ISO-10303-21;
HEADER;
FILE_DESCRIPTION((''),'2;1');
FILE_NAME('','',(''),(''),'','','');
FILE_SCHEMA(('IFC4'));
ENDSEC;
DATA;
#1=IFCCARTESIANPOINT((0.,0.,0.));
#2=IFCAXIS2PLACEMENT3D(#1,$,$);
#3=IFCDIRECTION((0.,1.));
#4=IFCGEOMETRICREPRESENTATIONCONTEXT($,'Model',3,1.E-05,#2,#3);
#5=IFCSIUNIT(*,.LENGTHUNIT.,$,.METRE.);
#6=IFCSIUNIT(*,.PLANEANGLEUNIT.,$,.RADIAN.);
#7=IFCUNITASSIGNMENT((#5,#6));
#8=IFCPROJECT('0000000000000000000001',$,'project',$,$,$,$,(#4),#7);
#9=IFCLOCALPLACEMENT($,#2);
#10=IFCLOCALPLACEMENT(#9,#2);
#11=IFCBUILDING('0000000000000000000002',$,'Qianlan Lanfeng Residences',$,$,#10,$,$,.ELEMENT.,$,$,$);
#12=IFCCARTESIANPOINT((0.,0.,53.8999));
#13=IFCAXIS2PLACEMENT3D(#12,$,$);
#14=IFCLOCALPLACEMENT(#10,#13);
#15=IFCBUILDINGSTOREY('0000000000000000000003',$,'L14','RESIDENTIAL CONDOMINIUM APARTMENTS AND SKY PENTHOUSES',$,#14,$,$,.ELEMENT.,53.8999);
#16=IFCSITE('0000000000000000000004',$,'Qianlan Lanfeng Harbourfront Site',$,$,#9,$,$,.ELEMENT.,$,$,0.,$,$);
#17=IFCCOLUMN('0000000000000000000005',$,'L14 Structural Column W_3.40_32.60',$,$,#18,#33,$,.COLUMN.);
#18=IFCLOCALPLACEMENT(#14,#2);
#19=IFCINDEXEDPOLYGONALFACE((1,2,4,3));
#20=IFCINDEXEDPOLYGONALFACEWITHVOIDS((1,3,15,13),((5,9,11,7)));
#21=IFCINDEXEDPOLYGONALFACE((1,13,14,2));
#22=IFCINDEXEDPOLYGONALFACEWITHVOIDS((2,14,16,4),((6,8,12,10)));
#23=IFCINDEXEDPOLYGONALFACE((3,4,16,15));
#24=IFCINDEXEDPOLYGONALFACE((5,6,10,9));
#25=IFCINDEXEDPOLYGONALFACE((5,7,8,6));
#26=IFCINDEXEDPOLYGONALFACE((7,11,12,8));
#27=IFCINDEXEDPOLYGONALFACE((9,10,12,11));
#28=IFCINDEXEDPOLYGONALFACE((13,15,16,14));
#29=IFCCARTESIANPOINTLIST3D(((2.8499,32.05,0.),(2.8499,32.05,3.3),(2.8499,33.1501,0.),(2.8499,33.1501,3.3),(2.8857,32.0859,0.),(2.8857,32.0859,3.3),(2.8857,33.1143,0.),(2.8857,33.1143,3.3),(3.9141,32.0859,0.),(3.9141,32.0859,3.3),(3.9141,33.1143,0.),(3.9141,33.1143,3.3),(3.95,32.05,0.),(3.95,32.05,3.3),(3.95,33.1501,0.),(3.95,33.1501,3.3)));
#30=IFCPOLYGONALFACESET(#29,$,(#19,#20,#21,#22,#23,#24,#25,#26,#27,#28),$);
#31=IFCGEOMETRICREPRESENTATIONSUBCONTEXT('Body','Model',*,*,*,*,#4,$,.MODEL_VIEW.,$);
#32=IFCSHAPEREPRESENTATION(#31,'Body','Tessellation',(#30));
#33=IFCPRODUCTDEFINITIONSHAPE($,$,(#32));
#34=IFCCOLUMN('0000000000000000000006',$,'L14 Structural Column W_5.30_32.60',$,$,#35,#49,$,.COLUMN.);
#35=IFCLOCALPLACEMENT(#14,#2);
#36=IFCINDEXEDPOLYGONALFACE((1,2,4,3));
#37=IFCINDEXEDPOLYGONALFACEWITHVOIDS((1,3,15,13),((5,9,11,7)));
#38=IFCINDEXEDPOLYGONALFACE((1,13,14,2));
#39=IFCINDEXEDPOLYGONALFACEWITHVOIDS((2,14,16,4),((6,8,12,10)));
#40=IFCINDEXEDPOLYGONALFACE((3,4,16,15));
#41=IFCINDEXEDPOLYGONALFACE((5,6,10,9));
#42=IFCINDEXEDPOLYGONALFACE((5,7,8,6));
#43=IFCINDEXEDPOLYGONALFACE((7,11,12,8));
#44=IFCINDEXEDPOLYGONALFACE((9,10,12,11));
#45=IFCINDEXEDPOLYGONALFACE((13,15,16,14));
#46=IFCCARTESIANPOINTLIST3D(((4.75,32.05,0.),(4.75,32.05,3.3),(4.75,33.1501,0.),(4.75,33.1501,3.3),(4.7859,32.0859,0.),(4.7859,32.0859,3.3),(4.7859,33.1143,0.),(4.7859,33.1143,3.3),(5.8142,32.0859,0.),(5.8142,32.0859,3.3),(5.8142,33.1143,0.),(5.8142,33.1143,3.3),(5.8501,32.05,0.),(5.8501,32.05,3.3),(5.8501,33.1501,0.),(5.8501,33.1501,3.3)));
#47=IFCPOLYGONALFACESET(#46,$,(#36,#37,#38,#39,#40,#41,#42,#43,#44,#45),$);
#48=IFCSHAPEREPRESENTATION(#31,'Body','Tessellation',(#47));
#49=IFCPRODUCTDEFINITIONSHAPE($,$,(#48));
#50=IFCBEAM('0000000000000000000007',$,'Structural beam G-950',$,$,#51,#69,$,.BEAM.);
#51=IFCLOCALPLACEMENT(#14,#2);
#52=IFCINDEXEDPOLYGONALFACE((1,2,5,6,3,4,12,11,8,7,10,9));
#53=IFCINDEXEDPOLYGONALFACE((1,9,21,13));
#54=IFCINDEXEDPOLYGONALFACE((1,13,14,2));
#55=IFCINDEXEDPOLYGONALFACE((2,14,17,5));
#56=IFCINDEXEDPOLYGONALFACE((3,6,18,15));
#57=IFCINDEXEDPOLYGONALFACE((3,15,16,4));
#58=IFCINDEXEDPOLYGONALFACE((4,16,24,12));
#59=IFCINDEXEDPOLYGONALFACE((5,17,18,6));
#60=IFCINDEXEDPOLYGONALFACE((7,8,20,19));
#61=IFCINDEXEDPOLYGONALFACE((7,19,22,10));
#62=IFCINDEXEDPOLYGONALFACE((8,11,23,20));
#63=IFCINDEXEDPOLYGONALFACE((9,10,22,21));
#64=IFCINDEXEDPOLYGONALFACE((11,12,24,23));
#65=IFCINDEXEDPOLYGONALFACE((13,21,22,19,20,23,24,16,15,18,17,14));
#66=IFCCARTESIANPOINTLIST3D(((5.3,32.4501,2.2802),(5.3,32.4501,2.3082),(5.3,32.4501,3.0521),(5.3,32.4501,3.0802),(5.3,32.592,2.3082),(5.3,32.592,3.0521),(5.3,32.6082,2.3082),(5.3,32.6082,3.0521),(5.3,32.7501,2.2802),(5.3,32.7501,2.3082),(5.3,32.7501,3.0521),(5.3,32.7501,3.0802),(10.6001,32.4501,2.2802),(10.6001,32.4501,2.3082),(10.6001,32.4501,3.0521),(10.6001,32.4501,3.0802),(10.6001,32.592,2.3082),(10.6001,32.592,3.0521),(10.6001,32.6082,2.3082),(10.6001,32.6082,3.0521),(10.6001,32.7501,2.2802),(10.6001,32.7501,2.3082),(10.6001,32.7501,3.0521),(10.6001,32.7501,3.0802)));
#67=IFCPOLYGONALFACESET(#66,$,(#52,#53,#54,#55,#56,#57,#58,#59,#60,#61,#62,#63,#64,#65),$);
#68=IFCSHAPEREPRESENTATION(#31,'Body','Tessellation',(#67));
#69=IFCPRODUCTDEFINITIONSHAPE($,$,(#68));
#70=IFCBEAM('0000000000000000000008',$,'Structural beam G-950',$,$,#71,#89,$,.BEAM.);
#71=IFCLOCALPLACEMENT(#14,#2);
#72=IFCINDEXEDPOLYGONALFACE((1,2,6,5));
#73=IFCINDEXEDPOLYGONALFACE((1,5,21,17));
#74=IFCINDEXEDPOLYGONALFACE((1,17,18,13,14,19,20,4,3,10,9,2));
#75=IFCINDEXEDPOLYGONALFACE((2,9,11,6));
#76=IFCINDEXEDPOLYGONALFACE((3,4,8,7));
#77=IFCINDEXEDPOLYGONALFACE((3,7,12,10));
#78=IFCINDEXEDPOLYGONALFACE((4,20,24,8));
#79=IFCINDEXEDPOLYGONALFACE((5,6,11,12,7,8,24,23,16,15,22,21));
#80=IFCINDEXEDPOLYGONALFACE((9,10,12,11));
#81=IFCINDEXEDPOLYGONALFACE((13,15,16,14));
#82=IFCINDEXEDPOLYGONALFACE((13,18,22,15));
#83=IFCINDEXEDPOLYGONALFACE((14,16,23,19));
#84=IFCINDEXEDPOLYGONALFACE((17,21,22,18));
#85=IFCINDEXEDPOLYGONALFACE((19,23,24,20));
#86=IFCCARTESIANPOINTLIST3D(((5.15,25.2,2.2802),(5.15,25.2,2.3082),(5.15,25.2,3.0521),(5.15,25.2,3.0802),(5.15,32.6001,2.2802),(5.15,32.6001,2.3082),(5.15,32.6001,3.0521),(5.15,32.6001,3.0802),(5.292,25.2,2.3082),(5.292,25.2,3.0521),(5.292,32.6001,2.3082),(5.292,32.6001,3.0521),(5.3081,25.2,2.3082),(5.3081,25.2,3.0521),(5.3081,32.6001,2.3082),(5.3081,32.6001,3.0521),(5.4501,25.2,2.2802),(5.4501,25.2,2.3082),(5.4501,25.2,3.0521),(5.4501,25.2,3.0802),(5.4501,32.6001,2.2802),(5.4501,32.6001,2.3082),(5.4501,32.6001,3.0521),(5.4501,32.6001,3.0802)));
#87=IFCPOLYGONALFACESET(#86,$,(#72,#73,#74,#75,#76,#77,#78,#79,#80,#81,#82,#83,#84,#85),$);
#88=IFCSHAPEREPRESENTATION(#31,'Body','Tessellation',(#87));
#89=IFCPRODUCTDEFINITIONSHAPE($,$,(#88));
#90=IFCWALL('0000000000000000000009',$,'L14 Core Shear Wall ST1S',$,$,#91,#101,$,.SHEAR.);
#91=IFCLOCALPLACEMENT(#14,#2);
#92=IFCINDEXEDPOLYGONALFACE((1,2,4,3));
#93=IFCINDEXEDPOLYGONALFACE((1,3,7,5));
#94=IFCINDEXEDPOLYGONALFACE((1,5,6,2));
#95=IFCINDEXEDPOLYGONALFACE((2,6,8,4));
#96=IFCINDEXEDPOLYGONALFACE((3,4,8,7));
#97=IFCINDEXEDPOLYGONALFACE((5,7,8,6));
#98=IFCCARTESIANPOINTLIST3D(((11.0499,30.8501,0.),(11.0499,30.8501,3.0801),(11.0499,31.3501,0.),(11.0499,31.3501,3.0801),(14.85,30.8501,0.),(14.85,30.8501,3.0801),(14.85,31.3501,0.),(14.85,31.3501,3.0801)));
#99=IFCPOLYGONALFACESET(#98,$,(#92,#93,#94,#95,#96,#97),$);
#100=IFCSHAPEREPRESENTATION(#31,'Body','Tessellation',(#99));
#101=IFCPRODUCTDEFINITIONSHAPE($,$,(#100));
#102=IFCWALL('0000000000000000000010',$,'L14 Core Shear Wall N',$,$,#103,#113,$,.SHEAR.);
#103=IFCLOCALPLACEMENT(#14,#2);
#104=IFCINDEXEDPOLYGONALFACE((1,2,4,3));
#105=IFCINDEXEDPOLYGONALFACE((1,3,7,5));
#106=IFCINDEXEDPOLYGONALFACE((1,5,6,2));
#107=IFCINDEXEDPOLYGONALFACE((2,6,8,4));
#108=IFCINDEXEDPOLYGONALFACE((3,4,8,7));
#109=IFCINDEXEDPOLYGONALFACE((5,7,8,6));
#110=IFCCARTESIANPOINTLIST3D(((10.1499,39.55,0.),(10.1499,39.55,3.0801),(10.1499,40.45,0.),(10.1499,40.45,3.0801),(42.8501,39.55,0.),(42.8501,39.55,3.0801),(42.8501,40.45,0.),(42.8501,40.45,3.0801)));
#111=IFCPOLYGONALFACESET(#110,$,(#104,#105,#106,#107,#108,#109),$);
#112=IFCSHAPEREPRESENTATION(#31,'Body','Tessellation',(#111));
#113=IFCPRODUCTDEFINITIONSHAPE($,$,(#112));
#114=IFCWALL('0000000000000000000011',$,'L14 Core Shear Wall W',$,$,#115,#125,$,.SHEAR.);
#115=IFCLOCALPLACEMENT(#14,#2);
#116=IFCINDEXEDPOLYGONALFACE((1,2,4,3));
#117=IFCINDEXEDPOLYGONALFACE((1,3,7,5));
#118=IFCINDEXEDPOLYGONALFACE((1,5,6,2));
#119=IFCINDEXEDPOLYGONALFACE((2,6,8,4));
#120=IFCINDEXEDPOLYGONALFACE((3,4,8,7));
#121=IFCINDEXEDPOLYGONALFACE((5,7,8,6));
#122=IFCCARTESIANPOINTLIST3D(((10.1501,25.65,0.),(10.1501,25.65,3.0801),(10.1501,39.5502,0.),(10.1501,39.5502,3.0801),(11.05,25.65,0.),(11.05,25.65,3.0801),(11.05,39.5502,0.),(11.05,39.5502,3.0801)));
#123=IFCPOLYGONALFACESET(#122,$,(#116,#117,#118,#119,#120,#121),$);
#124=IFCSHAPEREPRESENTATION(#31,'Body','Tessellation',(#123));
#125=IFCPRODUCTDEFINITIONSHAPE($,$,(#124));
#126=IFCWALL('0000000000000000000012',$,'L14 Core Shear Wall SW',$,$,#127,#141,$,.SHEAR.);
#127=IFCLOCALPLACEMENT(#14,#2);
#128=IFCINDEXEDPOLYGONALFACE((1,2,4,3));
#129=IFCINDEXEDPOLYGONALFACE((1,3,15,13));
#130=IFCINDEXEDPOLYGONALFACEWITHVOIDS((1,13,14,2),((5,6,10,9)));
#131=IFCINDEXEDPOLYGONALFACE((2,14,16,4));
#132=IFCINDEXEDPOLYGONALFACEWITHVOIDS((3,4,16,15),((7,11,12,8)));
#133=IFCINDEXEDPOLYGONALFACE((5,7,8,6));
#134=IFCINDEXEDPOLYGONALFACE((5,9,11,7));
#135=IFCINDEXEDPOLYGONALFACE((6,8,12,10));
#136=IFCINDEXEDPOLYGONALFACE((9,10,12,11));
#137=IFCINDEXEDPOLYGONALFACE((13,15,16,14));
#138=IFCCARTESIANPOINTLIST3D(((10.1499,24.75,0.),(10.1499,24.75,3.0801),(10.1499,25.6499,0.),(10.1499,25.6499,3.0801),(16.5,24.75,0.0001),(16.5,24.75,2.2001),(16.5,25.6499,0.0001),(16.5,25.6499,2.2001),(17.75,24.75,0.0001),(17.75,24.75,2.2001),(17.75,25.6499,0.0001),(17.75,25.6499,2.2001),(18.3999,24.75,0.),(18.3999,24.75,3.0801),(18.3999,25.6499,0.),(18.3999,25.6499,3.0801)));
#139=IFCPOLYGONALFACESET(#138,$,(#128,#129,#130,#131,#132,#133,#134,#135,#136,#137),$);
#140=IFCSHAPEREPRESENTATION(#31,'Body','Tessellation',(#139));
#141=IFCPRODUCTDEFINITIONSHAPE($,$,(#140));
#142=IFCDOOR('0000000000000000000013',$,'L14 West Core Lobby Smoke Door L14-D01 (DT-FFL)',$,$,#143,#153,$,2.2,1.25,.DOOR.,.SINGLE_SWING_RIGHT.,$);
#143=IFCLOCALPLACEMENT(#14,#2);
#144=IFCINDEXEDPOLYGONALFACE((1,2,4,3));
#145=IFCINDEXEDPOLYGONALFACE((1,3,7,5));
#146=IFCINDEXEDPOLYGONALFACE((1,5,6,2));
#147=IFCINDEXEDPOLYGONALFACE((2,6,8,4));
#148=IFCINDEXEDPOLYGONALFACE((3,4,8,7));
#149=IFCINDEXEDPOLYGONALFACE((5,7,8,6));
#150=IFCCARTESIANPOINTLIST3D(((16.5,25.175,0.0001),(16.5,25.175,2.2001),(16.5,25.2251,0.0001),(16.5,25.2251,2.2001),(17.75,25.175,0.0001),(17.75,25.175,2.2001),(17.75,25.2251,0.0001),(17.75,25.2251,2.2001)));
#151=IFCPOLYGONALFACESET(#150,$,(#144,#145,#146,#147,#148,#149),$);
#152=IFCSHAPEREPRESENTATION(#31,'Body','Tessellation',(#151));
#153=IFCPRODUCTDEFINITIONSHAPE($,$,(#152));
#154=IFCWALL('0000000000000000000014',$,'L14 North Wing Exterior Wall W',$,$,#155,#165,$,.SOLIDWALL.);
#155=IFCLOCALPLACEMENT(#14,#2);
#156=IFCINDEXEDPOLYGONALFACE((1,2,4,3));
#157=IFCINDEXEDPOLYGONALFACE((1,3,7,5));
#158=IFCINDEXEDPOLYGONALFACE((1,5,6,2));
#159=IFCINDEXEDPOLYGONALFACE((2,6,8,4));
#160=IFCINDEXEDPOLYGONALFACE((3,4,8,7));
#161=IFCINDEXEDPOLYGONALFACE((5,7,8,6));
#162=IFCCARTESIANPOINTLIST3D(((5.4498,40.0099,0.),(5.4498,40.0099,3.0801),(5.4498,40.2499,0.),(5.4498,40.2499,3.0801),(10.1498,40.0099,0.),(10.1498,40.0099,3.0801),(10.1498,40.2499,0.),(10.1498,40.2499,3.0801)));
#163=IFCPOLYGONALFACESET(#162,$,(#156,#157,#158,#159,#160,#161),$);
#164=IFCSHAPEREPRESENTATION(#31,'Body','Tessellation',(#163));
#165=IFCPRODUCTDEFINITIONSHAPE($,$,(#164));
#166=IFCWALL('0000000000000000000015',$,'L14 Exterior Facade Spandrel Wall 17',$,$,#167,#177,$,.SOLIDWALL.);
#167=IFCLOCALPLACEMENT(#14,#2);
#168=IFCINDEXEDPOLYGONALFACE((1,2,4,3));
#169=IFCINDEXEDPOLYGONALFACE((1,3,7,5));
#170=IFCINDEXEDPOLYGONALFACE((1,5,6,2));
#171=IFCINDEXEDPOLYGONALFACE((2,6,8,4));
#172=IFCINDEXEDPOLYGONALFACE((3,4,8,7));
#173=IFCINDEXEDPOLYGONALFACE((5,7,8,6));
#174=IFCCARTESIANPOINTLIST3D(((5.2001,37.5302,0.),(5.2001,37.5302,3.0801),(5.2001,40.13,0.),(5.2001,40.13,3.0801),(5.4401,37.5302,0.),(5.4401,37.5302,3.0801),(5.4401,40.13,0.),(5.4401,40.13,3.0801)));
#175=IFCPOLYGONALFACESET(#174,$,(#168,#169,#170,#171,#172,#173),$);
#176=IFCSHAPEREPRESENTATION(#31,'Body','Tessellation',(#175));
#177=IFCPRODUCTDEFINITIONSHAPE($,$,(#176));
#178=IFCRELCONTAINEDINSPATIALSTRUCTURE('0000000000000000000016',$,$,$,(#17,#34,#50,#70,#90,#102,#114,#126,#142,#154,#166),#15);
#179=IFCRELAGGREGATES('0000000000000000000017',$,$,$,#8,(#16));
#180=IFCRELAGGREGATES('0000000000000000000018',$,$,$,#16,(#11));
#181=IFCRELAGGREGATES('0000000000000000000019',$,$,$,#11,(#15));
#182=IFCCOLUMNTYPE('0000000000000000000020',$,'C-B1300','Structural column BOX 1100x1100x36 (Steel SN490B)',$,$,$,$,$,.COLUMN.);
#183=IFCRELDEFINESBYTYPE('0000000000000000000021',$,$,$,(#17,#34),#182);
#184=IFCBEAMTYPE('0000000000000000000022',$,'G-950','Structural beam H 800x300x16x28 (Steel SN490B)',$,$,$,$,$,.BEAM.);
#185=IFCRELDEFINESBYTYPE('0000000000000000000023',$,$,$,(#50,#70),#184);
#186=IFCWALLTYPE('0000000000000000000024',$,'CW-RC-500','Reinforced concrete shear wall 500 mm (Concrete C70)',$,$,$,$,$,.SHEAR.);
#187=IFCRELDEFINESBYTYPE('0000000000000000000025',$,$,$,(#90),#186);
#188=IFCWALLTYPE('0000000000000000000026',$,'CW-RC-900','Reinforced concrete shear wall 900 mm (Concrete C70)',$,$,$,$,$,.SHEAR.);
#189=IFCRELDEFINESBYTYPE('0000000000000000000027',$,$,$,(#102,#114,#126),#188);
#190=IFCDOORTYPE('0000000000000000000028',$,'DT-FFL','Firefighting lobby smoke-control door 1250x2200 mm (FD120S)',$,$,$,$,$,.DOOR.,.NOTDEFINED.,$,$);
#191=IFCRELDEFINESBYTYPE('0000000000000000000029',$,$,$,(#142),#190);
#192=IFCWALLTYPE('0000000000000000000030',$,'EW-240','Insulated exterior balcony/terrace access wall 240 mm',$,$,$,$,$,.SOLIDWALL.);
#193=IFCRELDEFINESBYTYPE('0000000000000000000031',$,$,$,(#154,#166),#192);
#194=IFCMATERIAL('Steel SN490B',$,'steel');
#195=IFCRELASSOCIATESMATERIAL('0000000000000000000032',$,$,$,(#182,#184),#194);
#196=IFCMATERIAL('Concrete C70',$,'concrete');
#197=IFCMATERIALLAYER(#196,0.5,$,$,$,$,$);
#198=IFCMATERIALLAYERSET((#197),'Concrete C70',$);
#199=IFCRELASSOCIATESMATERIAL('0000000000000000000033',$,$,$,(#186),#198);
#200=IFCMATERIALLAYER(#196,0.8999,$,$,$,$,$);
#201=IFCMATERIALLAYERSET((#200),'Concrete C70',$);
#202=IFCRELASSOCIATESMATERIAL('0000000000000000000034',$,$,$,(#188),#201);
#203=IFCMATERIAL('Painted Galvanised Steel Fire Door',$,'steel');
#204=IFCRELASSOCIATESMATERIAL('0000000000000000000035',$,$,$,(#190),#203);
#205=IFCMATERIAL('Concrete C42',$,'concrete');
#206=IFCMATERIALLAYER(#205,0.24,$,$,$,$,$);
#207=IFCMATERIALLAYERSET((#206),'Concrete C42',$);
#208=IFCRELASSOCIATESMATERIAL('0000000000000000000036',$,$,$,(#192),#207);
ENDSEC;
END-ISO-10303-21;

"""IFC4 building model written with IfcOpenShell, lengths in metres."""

from ifc_helpers import new_model, si_unit, direction, frame, frame_2d, origin, origin_2d, place, context, subcontext, project, spatial, rectangle, hollow_rectangle, i_section, extrude, material, layer, layer_set, material_profile, profile_set, type_object, element, fill, save


model = new_model("IFC4")

# Units and contexts
model_context = context("Model", 3, precision=1e-05, world=origin(), true_north=direction((0.0, 1.0)))
body_context = subcontext(model_context, "Body", "Model", "MODEL_VIEW")
ifc_project = project(units=[si_unit("LENGTHUNIT", "METRE"), si_unit("PLANEANGLEUNIT", "RADIAN")], contexts=[model_context])

# Site, building, storey
site_placement = place(None, origin())
site = spatial("IfcSite", under=ifc_project, at=site_placement, Name="Qianlan Lanfeng Harbourfront Site", CompositionType="ELEMENT", RefElevation=0.0)
building_placement = place(site_placement, origin())
building = spatial("IfcBuilding", under=site, at=building_placement, Name="Qianlan Lanfeng Residences", CompositionType="ELEMENT")
storey_placement = place(building_placement, frame((0.0, 0.0, 53.8999)))
storey = spatial("IfcBuildingStorey", under=building, at=storey_placement, Name="L14", Description="RESIDENTIAL CONDOMINIUM APARTMENTS AND SKY PENTHOUSES", CompositionType="ELEMENT", Elevation=53.8999)

# Columns
ifc_material_1 = material(Name="Steel SN490B", Category="steel")
ifc_material_profile_1 = material_profile(ifc_material_1, hollow_rectangle(XDim=1.1001, YDim=1.1001, WallThickness=0.0359, at=origin_2d()), Name="BOX 1100x1100x36")
ifc_profile_set_1 = profile_set([ifc_material_profile_1], Name="Steel SN490B")
column_type = type_object("IfcColumnType", Name="C-B1300", Description="Structural column BOX 1100x1100x36 (Steel SN490B)", PredefinedType="COLUMN", material=ifc_profile_set_1)
for number, where, z_axis, x_axis, name in (
    (1, (3.3999, 32.6001, 0.0), (0.0, 0.0, 1.0), (1.0, 0.0, 0.0), "L14 Structural Column W_3.40_32.60"),
    (2, (5.3, 32.6001, 0.0), (0.0, 0.0, 1.0), (1.0, 0.0, 0.0), "L14 Structural Column W_5.30_32.60"),
):
    element("IfcColumn", number, at=place(storey_placement, frame(where, z_axis=z_axis, x_axis=x_axis)), inside=storey, type_object=column_type, Name=name, PredefinedType="COLUMN", context=body_context, shape_type="SweptSolid", body=[
        extrude(hollow_rectangle(XDim=1.1001, YDim=1.1001, WallThickness=0.0359, at=origin_2d()), origin(), (0.0, 0.0, 1.0), 3.3),
    ])

# Beams
ifc_material_profile_2 = material_profile(ifc_material_1, i_section(OverallWidth=0.3, OverallDepth=0.8, WebThickness=0.0161, FlangeThickness=0.0281, at=origin_2d()), Name="H 800x300x16x28")
ifc_profile_set_2 = profile_set([ifc_material_profile_2], Name="Steel SN490B")
beam_type = type_object("IfcBeamType", Name="G-950", Description="Structural beam H 800x300x16x28 (Steel SN490B)", PredefinedType="BEAM", material=ifc_profile_set_2)
beam_1_placement = place(storey_placement, frame((5.3, 32.6001, 2.6802), z_axis=(1.0, 0.0, 0.0), x_axis=(0.0, 1.0, 0.0)))
element("IfcBeam", 3, at=beam_1_placement, inside=storey, type_object=beam_type, Name="Structural beam G-950", PredefinedType="BEAM", context=body_context, shape_type="SweptSolid", body=[
    extrude(i_section(OverallWidth=0.3, OverallDepth=0.8, WebThickness=0.0161, FlangeThickness=0.0281, at=origin_2d()), origin(), (0.0, 0.0, 1.0), 5.3),
])
beam_2_placement = place(storey_placement, frame((5.3, 25.2, 2.6802), z_axis=(0.0, 1.0, 0.0), x_axis=(-1.0, 0.0, 0.0)))
element("IfcBeam", 4, at=beam_2_placement, inside=storey, type_object=beam_type, Name="Structural beam G-950", PredefinedType="BEAM", context=body_context, shape_type="SweptSolid", body=[
    extrude(i_section(OverallWidth=0.3, OverallDepth=0.8, WebThickness=0.0161, FlangeThickness=0.0281, at=origin_2d()), origin(), (0.0, 0.0, 1.0), 7.4001),
])

# Walls
ifc_material_2 = material(Name="Concrete C70", Category="concrete")
ifc_layer_1 = layer(ifc_material_2, 0.5)
ifc_layer_set_1 = layer_set([ifc_layer_1], Name="Concrete C70")
wall_type_1 = type_object("IfcWallType", Name="CW-RC-500", Description="Reinforced concrete shear wall 500 mm (Concrete C70)", PredefinedType="SHEAR", material=ifc_layer_set_1)
wall_1_placement = place(storey_placement, frame((11.05, 31.1001, 0.0), z_axis=(0.0, 0.0, 1.0), x_axis=(1.0, 0.0, 0.0)))
element("IfcWall", 5, at=wall_1_placement, inside=storey, type_object=wall_type_1, Name="L14 Core Shear Wall ST1S", PredefinedType="SHEAR", context=body_context, shape_type="SweptSolid", body=[
    extrude(rectangle(XDim=3.8, YDim=0.5, at=frame_2d((1.8999, 0.0))), origin(), (0.0, 0.0, 1.0), 3.0801),
])
ifc_layer_2 = layer(ifc_material_2, 0.8999)
ifc_layer_set_2 = layer_set([ifc_layer_2], Name="Concrete C70")
wall_type_2 = type_object("IfcWallType", Name="CW-RC-900", Description="Reinforced concrete shear wall 900 mm (Concrete C70)", PredefinedType="SHEAR", material=ifc_layer_set_2)
wall_2_placement = place(storey_placement, frame((10.1499, 40.0, 0.0), z_axis=(0.0, 0.0, 1.0), x_axis=(1.0, 0.0, 0.0)))
element("IfcWall", 6, at=wall_2_placement, inside=storey, type_object=wall_type_2, Name="L14 Core Shear Wall N", PredefinedType="SHEAR", context=body_context, shape_type="SweptSolid", body=[
    extrude(rectangle(XDim=32.7002, YDim=0.8999, at=frame_2d((16.3501, 0.0))), origin(), (0.0, 0.0, 1.0), 3.0801),
])
wall_3_placement = place(storey_placement, frame((10.6001, 25.6499, 0.0), z_axis=(0.0, 0.0, 1.0), x_axis=(0.0, 1.0, 0.0)))
element("IfcWall", 7, at=wall_3_placement, inside=storey, type_object=wall_type_2, Name="L14 Core Shear Wall W", PredefinedType="SHEAR", context=body_context, shape_type="SweptSolid", body=[
    extrude(rectangle(XDim=13.9001, YDim=0.8999, at=frame_2d((6.9502, 0.0))), origin(), (0.0, 0.0, 1.0), 3.0801),
])

# Wall, opening, door
wall_4_placement = place(storey_placement, frame((10.1499, 25.2, 0.0), z_axis=(0.0, 0.0, 1.0), x_axis=(1.0, 0.0, 0.0)))
wall_4 = element("IfcWall", 8, at=wall_4_placement, inside=storey, type_object=wall_type_2, Name="L14 Core Shear Wall SW", PredefinedType="SHEAR", context=body_context, shape_type="SweptSolid", body=[
    extrude(rectangle(XDim=8.25, YDim=0.8999, at=frame_2d((4.125, 0.0))), origin(), (0.0, 0.0, 1.0), 3.0801),
])
opening_placement = place(wall_4_placement, frame((6.3501, 0.0, 0.0)))
opening = element("IfcOpeningElement", 9, at=opening_placement, cuts=wall_4, PredefinedType="OPENING", context=body_context, shape_type="SweptSolid", body=[
    extrude(rectangle(XDim=1.25, YDim=2.2, at=frame_2d((0.625, 1.1001))), frame((0.0, 0.46, 0.0), z_axis=(0.0, -1.0, 0.0), x_axis=(1.0, 0.0, 0.0)), (0.0, 0.0, 1.0), 0.9199),
])
ifc_material_3 = material(Name="Painted Galvanised Steel Fire Door", Category="steel")
door_type = type_object("IfcDoorType", Name="DT-FFL", Description="Firefighting lobby smoke-control door 1250x2200 mm (FD120S)", OperationType="NOTDEFINED", PredefinedType="DOOR", material=ifc_material_3)
door_placement = place(opening_placement, frame((1.25, 0.0, 0.0), z_axis=(0.0, 0.0, 1.0), x_axis=(-1.0, 0.0, 0.0)))
door = element("IfcDoor", 10, at=door_placement, inside=storey, type_object=door_type, Name="L14 West Core Lobby Smoke Door L14-D01 (DT-FFL)", OperationType="SINGLE_SWING_RIGHT", OverallHeight=2.2, OverallWidth=1.25, PredefinedType="DOOR", context=body_context, shape_type="SweptSolid", body=[
    extrude(rectangle(XDim=1.25, YDim=2.2, at=frame_2d((0.625, 1.1001))), frame((0.0, 0.0249, 0.0), z_axis=(0.0, -1.0, 0.0), x_axis=(1.0, 0.0, 0.0)), (0.0, 0.0, 1.0), 0.05),
])
fill(opening, door)

# Walls
ifc_material_4 = material(Name="Concrete C42", Category="concrete")
ifc_layer_3 = layer(ifc_material_4, 0.24)
ifc_layer_set_3 = layer_set([ifc_layer_3], Name="Concrete C42")
wall_type_3 = type_object("IfcWallType", Name="EW-240", Description="Insulated exterior balcony/terrace access wall 240 mm", PredefinedType="SOLIDWALL", material=ifc_layer_set_3)
wall_5_placement = place(storey_placement, frame((10.1499, 40.1299, 0.0), z_axis=(0.0, 0.0, 1.0), x_axis=(-1.0, 0.0, 0.0)))
element("IfcWall", 11, at=wall_5_placement, inside=storey, type_object=wall_type_3, Name="L14 North Wing Exterior Wall W", PredefinedType="SOLIDWALL", context=body_context, shape_type="SweptSolid", body=[
    extrude(rectangle(XDim=4.7, YDim=0.24, at=frame_2d((2.3501, 0.0))), origin(), (0.0, 0.0, 1.0), 3.0801),
])
wall_6_placement = place(storey_placement, frame((5.3201, 40.1299, 0.0), z_axis=(0.0, 0.0, 1.0), x_axis=(0.0, -1.0, 0.0)))
element("IfcWall", 12, at=wall_6_placement, inside=storey, type_object=wall_type_3, Name="L14 Exterior Facade Spandrel Wall 17", PredefinedType="SOLIDWALL", context=body_context, shape_type="SweptSolid", body=[
    extrude(rectangle(XDim=2.5999, YDim=0.24, at=frame_2d((1.2998, 0.0))), origin(), (0.0, 0.0, 1.0), 3.0801),
])

save(model, "model.ifc")
